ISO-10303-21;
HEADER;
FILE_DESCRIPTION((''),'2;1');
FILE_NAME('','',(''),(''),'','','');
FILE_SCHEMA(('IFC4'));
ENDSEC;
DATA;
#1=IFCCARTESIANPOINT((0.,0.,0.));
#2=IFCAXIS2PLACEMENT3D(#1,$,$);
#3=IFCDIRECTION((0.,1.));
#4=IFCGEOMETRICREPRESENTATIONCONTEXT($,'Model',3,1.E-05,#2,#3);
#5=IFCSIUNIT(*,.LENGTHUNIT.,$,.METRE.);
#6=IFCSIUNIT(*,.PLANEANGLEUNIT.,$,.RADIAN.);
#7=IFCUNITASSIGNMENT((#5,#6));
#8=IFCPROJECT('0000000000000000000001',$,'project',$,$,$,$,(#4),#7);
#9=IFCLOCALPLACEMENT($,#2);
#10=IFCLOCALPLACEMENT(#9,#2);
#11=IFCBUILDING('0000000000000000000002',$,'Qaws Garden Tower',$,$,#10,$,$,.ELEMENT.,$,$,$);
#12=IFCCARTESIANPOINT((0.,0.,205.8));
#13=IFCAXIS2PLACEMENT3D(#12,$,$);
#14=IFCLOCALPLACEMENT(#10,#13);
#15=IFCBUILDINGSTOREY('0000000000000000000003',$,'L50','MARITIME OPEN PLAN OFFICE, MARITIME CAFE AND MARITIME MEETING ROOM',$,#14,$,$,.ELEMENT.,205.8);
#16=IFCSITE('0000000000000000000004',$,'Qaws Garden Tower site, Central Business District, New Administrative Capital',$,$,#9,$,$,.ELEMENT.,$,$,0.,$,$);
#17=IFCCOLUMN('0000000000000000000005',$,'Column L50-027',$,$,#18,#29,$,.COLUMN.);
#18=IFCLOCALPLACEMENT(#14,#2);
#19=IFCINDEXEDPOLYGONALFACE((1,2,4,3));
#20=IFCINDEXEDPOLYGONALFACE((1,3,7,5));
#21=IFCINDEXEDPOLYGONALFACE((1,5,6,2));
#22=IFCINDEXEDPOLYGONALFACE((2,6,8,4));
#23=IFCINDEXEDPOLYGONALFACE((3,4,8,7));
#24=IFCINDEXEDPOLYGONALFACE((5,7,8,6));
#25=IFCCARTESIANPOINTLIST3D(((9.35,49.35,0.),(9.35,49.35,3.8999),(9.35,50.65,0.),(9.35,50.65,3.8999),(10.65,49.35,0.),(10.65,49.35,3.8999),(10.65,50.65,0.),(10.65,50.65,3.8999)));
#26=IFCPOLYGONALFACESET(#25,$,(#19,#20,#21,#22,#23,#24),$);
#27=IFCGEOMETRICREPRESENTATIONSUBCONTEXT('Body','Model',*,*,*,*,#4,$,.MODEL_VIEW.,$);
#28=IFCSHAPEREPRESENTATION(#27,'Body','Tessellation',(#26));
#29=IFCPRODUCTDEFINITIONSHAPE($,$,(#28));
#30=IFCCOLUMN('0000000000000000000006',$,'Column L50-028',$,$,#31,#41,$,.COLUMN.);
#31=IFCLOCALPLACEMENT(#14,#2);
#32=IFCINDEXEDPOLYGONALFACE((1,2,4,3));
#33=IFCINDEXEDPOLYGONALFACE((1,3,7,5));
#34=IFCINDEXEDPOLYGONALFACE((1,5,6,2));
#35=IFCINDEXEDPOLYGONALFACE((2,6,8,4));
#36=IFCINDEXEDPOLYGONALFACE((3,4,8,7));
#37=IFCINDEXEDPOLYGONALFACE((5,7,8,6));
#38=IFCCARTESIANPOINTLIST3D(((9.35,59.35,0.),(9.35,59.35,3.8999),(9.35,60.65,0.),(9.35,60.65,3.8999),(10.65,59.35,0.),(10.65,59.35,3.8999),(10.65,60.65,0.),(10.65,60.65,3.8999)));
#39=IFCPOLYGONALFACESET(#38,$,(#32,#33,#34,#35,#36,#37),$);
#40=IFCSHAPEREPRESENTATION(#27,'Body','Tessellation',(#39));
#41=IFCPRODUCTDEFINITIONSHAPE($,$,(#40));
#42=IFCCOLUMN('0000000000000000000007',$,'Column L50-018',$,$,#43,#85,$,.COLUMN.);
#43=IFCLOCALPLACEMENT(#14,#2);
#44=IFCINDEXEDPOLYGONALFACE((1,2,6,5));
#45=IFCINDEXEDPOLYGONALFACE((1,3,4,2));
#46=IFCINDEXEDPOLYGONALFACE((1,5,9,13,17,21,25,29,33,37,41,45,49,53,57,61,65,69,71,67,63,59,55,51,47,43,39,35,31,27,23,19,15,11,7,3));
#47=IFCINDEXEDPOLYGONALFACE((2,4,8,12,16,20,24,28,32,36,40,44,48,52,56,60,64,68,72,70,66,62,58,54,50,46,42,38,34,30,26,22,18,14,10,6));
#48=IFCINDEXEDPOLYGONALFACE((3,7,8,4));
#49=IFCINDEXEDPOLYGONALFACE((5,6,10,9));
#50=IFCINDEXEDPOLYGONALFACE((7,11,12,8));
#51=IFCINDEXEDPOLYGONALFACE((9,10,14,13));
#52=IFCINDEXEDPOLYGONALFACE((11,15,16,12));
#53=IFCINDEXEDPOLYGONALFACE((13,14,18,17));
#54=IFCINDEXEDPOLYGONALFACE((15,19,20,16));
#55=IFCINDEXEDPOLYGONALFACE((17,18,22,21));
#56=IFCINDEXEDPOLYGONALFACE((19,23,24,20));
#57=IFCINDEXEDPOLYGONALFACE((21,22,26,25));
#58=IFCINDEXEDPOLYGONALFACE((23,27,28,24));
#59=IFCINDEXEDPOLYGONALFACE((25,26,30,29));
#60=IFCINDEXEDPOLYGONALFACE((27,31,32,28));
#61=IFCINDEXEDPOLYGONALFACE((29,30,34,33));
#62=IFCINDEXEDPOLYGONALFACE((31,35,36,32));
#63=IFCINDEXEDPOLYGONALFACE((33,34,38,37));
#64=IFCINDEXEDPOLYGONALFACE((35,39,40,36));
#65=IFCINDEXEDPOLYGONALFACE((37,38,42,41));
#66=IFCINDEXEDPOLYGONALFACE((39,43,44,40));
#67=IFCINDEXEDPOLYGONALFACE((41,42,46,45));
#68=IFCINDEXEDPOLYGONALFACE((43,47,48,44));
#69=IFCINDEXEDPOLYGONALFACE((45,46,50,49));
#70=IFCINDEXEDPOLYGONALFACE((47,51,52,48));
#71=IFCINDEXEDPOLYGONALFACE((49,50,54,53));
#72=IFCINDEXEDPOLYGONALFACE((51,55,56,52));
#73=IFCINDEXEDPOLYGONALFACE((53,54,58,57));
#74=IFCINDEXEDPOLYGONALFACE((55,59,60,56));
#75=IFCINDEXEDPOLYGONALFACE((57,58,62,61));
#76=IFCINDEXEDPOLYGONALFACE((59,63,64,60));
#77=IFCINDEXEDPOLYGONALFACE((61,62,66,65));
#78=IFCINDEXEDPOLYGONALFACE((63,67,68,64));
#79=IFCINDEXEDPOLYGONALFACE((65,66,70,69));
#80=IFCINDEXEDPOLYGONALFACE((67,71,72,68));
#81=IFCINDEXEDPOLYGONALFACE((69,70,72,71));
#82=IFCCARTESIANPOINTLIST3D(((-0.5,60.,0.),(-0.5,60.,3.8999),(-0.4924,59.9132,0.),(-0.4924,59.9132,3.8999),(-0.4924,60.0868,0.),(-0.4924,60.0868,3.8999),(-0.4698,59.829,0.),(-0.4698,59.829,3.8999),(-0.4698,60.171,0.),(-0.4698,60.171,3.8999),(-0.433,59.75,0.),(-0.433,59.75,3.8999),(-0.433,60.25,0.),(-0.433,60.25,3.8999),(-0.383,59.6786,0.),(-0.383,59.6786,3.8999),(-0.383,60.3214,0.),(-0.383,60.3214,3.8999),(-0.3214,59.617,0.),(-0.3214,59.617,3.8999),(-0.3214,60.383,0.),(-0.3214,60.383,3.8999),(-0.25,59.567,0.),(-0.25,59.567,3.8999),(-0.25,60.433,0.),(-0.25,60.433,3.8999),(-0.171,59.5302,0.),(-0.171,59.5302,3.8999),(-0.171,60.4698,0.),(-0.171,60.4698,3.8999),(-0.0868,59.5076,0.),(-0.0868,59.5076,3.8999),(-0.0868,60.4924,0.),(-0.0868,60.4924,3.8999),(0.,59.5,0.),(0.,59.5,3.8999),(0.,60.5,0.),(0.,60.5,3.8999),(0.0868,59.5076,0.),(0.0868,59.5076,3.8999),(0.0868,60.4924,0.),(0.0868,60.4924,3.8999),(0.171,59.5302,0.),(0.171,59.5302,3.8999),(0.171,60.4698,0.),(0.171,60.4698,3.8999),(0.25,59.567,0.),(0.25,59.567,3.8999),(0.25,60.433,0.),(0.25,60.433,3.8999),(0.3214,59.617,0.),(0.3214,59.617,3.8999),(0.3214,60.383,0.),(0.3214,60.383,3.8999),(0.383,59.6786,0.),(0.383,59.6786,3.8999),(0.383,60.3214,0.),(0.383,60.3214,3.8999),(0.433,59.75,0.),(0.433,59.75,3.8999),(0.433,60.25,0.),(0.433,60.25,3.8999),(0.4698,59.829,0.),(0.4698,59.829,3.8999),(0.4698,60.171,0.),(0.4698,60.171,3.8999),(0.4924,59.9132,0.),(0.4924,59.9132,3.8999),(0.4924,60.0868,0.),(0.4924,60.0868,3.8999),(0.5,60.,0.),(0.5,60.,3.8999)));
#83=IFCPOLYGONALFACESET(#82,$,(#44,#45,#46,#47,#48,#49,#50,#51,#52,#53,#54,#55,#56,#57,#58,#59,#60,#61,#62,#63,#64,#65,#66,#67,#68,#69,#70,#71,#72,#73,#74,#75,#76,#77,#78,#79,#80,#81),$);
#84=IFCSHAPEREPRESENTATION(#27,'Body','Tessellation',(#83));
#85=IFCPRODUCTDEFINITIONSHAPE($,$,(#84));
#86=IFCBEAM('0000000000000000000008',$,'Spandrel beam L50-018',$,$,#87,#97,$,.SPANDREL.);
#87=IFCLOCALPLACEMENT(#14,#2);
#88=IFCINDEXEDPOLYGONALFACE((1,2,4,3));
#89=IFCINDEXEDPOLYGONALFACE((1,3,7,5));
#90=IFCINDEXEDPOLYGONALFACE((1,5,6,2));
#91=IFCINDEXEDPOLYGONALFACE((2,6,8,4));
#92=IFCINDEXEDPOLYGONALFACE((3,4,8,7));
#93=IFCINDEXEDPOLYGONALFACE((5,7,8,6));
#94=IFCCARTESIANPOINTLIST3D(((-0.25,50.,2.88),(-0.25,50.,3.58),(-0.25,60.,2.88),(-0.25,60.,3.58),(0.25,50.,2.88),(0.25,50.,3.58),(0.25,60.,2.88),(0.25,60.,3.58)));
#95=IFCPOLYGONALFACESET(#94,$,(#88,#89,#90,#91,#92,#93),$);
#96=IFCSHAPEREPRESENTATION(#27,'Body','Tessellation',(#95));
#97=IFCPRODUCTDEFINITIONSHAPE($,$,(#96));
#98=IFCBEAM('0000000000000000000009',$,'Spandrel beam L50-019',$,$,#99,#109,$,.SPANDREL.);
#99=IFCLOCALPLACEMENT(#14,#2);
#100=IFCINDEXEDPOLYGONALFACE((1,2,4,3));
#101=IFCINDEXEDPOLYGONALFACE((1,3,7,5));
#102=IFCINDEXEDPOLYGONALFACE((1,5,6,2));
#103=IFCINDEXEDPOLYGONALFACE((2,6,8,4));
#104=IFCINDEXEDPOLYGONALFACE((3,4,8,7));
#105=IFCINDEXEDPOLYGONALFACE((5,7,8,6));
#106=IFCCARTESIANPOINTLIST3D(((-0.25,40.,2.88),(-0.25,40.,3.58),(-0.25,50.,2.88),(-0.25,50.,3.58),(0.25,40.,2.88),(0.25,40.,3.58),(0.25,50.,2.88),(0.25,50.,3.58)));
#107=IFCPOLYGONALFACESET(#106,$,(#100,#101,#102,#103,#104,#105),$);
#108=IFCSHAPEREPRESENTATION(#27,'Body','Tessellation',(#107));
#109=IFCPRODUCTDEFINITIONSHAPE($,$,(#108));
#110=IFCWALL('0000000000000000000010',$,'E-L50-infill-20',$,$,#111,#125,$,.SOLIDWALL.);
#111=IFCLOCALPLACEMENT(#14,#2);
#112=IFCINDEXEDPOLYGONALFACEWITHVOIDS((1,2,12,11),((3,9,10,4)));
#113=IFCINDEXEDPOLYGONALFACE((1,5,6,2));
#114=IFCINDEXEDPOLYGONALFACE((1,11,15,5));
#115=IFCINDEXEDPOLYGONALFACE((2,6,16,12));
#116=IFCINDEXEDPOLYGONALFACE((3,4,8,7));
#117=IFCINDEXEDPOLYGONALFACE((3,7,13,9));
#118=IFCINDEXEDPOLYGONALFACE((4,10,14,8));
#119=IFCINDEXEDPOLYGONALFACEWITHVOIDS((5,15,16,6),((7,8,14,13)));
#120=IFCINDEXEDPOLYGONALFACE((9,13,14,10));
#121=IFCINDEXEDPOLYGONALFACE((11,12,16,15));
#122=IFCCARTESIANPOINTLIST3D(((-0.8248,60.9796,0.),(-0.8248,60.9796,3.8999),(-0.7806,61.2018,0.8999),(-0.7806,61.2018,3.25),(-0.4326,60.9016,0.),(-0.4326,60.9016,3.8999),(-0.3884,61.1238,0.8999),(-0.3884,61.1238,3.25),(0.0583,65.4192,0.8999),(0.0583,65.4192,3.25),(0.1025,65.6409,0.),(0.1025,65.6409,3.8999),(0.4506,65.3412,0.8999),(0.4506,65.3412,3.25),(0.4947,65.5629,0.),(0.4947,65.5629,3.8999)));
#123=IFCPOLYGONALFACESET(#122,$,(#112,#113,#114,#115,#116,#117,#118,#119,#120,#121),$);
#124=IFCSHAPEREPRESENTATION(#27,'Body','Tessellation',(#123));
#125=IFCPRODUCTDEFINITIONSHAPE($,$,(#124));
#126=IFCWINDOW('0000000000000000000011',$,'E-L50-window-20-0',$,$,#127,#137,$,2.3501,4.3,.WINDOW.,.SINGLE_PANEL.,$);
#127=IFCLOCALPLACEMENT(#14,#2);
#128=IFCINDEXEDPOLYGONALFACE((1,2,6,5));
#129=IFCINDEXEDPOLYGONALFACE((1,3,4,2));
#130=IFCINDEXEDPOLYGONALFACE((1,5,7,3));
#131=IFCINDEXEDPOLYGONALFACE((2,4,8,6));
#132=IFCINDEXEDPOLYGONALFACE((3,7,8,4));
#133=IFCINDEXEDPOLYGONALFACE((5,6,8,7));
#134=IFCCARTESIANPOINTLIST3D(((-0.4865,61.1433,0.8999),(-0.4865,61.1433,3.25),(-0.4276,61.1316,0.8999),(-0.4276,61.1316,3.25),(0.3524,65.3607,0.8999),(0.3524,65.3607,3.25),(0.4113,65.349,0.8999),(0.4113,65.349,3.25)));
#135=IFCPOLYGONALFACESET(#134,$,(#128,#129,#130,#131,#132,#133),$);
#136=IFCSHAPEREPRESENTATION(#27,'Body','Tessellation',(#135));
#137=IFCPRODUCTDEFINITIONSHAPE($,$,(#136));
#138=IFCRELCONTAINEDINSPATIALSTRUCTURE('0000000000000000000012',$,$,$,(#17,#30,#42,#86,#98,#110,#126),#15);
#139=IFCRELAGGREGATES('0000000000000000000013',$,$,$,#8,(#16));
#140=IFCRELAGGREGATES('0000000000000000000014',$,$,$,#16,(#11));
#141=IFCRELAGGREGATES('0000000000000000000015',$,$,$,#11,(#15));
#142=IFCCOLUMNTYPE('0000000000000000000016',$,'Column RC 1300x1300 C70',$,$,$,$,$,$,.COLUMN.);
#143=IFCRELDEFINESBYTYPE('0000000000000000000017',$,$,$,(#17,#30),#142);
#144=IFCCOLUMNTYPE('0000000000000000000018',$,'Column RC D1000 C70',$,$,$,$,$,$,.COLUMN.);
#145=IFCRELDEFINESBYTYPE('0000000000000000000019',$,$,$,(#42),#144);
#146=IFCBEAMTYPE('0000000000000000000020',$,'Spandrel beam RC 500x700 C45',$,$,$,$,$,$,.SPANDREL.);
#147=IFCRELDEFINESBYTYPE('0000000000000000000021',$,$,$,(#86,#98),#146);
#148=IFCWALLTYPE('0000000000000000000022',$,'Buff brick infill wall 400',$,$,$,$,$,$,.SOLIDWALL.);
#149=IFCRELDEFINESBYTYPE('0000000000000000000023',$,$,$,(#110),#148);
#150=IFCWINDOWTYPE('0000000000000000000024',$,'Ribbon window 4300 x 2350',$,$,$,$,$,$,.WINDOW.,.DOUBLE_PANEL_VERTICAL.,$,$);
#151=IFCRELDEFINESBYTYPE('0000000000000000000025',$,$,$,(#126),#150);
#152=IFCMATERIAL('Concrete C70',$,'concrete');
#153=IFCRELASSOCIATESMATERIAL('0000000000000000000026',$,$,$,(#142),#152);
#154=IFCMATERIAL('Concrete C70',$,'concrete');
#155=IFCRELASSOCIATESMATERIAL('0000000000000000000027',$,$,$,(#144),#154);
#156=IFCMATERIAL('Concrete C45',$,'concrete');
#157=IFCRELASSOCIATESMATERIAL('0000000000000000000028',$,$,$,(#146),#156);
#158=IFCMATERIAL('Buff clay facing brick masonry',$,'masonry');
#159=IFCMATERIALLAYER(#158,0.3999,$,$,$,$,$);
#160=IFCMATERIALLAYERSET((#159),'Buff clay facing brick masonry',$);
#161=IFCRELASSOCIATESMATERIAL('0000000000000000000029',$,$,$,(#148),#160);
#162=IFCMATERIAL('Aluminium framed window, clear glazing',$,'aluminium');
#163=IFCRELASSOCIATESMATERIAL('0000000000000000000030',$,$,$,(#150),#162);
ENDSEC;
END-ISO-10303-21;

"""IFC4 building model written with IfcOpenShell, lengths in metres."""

from ifc_helpers import new_model, si_unit, direction, frame, frame_2d, origin, origin_2d, place, context, subcontext, project, spatial, rectangle, circle, extrude, material, layer, layer_set, material_profile, profile_set, type_object, element, fill, save


model = new_model("IFC4")

# Units and contexts
model_context = context("Model", 3, precision=1e-05, world=origin(), true_north=direction((0.0, 1.0)))
body_context = subcontext(model_context, "Body", "Model", "MODEL_VIEW")
ifc_project = project(units=[si_unit("LENGTHUNIT", "METRE"), si_unit("PLANEANGLEUNIT", "RADIAN")], contexts=[model_context])

# Site, building, storey
site_placement = place(None, origin())
site = spatial("IfcSite", under=ifc_project, at=site_placement, Name="Qaws Garden Tower site, Central Business District, New Administrative Capital", CompositionType="ELEMENT", RefElevation=0.0)
building_placement = place(site_placement, origin())
building = spatial("IfcBuilding", under=site, at=building_placement, Name="Qaws Garden Tower", CompositionType="ELEMENT")
storey_placement = place(building_placement, frame((0.0, 0.0, 205.8)))
storey = spatial("IfcBuildingStorey", under=building, at=storey_placement, Name="L50", Description="MARITIME OPEN PLAN OFFICE, MARITIME CAFE AND MARITIME MEETING ROOM", CompositionType="ELEMENT", Elevation=205.8)

# Columns
ifc_material_1 = material(Name="Concrete C70", Category="concrete")
ifc_material_profile_1 = material_profile(ifc_material_1, rectangle(XDim=1.3, YDim=1.3, at=origin_2d()), Name="RC 1300x1300")
ifc_profile_set_1 = profile_set([ifc_material_profile_1], Name="Concrete C70")
column_type_1 = type_object("IfcColumnType", Name="Column RC 1300x1300 C70", PredefinedType="COLUMN", material=ifc_profile_set_1)
for number, where, z_axis, x_axis, name in (
    (1, (10.0, 50.0, 0.0), (0.0, 0.0, 1.0), (1.0, 0.0, 0.0), "Column L50-027"),
    (2, (10.0, 60.0, 0.0), (0.0, 0.0, 1.0), (1.0, 0.0, 0.0), "Column L50-028"),
):
    element("IfcColumn", number, at=place(storey_placement, frame(where, z_axis=z_axis, x_axis=x_axis)), inside=storey, type_object=column_type_1, Name=name, PredefinedType="COLUMN", context=body_context, shape_type="SweptSolid", body=[
        extrude(rectangle(XDim=1.3, YDim=1.3, at=origin_2d()), origin(), (0.0, 0.0, 1.0), 3.8999),
    ])
ifc_material_2 = material(Name="Concrete C70", Category="concrete")
ifc_material_profile_2 = material_profile(ifc_material_2, circle(Radius=0.5, at=origin_2d()), Name="RC D1000")
ifc_profile_set_2 = profile_set([ifc_material_profile_2], Name="Concrete C70")
column_type_2 = type_object("IfcColumnType", Name="Column RC D1000 C70", PredefinedType="COLUMN", material=ifc_profile_set_2)
column_placement = place(storey_placement, frame((0.0, 60.0, 0.0), z_axis=(0.0, 0.0, 1.0), x_axis=(1.0, 0.0, 0.0)))
element("IfcColumn", 3, at=column_placement, inside=storey, type_object=column_type_2, Name="Column L50-018", PredefinedType="COLUMN", context=body_context, shape_type="SweptSolid", body=[
    extrude(circle(Radius=0.5, at=origin_2d()), origin(), (0.0, 0.0, 1.0), 3.8999),
])

# Beams
ifc_material_3 = material(Name="Concrete C45", Category="concrete")
ifc_material_profile_3 = material_profile(ifc_material_3, rectangle(XDim=0.5, YDim=0.7, at=origin_2d()), Name="RC 500x700")
ifc_profile_set_3 = profile_set([ifc_material_profile_3], Name="Concrete C45")
beam_type = type_object("IfcBeamType", Name="Spandrel beam RC 500x700 C45", PredefinedType="SPANDREL", material=ifc_profile_set_3)
for number, where, z_axis, x_axis, name in (
    (4, (0.0, 60.0, 3.23), (0.0, -1.0, 0.0), (1.0, 0.0, 0.0), "Spandrel beam L50-018"),
    (5, (0.0, 50.0, 3.23), (0.0, -1.0, 0.0), (1.0, 0.0, 0.0), "Spandrel beam L50-019"),
):
    element("IfcBeam", number, at=place(storey_placement, frame(where, z_axis=z_axis, x_axis=x_axis)), inside=storey, type_object=beam_type, Name=name, PredefinedType="SPANDREL", context=body_context, shape_type="SweptSolid", body=[
        extrude(rectangle(XDim=0.5, YDim=0.7, at=origin_2d()), origin(), (0.0, 0.0, 1.0), 10.0),
    ])

# Wall, opening, window
ifc_material_4 = material(Name="Buff clay facing brick masonry", Category="masonry")
ifc_layer_1 = layer(ifc_material_4, 0.3999)
ifc_layer_set_1 = layer_set([ifc_layer_1], Name="Buff clay facing brick masonry")
wall_type_1 = type_object("IfcWallType", Name="Buff brick infill wall 400", PredefinedType="SOLIDWALL", material=ifc_layer_set_1)
wall_1_placement = place(storey_placement, frame((0.2986, 65.6021, 0.0), z_axis=(0.0, 0.0, 1.0), x_axis=(-0.195099, -0.980784, 0.0)))
wall_1 = element("IfcWall", 6, at=wall_1_placement, inside=storey, type_object=wall_type_1, Name="E-L50-infill-20", PredefinedType="SOLIDWALL", context=body_context, shape_type="SweptSolid", body=[
    extrude(rectangle(XDim=4.7527, YDim=0.3999, at=frame_2d((2.3765, 0.0))), origin(), (0.0, 0.0, 1.0), 3.8999),
])
opening_1_placement = place(wall_1_placement, frame((0.2263, 0.0, 0.8999)))
opening_1 = element("IfcOpeningElement", 7, at=opening_1_placement, cuts=wall_1, PredefinedType="OPENING", context=body_context, shape_type="SweptSolid", body=[
    extrude(rectangle(XDim=4.3, YDim=2.3501, at=frame_2d((2.1499, 1.175))), frame((0.0, 0.21, 0.0), z_axis=(0.0, -1.0, 0.0), x_axis=(1.0, 0.0, 0.0)), (0.0, 0.0, 1.0), 0.4199),
])
ifc_material_5 = material(Name="Aluminium framed window, clear glazing", Category="aluminium")
window_type_1 = type_object("IfcWindowType", Name="Ribbon window 4300 x 2350", PartitioningType="DOUBLE_PANEL_VERTICAL", PredefinedType="WINDOW", material=ifc_material_5)
window_1_placement = place(opening_1_placement, origin())
window_1 = element("IfcWindow", 8, at=window_1_placement, inside=storey, type_object=window_type_1, Name="E-L50-window-20-0", OverallHeight=2.3501, OverallWidth=4.3, PartitioningType="SINGLE_PANEL", PredefinedType="WINDOW", context=body_context, shape_type="SweptSolid", body=[
    extrude(rectangle(XDim=4.3, YDim=2.3501, at=frame_2d((2.1499, 1.175))), frame((0.0, 0.1599, 0.0), z_axis=(0.0, -1.0, 0.0), x_axis=(1.0, 0.0, 0.0)), (0.0, 0.0, 1.0), 0.0601),
])
fill(opening_1, window_1)

save(model, "model.ifc")
